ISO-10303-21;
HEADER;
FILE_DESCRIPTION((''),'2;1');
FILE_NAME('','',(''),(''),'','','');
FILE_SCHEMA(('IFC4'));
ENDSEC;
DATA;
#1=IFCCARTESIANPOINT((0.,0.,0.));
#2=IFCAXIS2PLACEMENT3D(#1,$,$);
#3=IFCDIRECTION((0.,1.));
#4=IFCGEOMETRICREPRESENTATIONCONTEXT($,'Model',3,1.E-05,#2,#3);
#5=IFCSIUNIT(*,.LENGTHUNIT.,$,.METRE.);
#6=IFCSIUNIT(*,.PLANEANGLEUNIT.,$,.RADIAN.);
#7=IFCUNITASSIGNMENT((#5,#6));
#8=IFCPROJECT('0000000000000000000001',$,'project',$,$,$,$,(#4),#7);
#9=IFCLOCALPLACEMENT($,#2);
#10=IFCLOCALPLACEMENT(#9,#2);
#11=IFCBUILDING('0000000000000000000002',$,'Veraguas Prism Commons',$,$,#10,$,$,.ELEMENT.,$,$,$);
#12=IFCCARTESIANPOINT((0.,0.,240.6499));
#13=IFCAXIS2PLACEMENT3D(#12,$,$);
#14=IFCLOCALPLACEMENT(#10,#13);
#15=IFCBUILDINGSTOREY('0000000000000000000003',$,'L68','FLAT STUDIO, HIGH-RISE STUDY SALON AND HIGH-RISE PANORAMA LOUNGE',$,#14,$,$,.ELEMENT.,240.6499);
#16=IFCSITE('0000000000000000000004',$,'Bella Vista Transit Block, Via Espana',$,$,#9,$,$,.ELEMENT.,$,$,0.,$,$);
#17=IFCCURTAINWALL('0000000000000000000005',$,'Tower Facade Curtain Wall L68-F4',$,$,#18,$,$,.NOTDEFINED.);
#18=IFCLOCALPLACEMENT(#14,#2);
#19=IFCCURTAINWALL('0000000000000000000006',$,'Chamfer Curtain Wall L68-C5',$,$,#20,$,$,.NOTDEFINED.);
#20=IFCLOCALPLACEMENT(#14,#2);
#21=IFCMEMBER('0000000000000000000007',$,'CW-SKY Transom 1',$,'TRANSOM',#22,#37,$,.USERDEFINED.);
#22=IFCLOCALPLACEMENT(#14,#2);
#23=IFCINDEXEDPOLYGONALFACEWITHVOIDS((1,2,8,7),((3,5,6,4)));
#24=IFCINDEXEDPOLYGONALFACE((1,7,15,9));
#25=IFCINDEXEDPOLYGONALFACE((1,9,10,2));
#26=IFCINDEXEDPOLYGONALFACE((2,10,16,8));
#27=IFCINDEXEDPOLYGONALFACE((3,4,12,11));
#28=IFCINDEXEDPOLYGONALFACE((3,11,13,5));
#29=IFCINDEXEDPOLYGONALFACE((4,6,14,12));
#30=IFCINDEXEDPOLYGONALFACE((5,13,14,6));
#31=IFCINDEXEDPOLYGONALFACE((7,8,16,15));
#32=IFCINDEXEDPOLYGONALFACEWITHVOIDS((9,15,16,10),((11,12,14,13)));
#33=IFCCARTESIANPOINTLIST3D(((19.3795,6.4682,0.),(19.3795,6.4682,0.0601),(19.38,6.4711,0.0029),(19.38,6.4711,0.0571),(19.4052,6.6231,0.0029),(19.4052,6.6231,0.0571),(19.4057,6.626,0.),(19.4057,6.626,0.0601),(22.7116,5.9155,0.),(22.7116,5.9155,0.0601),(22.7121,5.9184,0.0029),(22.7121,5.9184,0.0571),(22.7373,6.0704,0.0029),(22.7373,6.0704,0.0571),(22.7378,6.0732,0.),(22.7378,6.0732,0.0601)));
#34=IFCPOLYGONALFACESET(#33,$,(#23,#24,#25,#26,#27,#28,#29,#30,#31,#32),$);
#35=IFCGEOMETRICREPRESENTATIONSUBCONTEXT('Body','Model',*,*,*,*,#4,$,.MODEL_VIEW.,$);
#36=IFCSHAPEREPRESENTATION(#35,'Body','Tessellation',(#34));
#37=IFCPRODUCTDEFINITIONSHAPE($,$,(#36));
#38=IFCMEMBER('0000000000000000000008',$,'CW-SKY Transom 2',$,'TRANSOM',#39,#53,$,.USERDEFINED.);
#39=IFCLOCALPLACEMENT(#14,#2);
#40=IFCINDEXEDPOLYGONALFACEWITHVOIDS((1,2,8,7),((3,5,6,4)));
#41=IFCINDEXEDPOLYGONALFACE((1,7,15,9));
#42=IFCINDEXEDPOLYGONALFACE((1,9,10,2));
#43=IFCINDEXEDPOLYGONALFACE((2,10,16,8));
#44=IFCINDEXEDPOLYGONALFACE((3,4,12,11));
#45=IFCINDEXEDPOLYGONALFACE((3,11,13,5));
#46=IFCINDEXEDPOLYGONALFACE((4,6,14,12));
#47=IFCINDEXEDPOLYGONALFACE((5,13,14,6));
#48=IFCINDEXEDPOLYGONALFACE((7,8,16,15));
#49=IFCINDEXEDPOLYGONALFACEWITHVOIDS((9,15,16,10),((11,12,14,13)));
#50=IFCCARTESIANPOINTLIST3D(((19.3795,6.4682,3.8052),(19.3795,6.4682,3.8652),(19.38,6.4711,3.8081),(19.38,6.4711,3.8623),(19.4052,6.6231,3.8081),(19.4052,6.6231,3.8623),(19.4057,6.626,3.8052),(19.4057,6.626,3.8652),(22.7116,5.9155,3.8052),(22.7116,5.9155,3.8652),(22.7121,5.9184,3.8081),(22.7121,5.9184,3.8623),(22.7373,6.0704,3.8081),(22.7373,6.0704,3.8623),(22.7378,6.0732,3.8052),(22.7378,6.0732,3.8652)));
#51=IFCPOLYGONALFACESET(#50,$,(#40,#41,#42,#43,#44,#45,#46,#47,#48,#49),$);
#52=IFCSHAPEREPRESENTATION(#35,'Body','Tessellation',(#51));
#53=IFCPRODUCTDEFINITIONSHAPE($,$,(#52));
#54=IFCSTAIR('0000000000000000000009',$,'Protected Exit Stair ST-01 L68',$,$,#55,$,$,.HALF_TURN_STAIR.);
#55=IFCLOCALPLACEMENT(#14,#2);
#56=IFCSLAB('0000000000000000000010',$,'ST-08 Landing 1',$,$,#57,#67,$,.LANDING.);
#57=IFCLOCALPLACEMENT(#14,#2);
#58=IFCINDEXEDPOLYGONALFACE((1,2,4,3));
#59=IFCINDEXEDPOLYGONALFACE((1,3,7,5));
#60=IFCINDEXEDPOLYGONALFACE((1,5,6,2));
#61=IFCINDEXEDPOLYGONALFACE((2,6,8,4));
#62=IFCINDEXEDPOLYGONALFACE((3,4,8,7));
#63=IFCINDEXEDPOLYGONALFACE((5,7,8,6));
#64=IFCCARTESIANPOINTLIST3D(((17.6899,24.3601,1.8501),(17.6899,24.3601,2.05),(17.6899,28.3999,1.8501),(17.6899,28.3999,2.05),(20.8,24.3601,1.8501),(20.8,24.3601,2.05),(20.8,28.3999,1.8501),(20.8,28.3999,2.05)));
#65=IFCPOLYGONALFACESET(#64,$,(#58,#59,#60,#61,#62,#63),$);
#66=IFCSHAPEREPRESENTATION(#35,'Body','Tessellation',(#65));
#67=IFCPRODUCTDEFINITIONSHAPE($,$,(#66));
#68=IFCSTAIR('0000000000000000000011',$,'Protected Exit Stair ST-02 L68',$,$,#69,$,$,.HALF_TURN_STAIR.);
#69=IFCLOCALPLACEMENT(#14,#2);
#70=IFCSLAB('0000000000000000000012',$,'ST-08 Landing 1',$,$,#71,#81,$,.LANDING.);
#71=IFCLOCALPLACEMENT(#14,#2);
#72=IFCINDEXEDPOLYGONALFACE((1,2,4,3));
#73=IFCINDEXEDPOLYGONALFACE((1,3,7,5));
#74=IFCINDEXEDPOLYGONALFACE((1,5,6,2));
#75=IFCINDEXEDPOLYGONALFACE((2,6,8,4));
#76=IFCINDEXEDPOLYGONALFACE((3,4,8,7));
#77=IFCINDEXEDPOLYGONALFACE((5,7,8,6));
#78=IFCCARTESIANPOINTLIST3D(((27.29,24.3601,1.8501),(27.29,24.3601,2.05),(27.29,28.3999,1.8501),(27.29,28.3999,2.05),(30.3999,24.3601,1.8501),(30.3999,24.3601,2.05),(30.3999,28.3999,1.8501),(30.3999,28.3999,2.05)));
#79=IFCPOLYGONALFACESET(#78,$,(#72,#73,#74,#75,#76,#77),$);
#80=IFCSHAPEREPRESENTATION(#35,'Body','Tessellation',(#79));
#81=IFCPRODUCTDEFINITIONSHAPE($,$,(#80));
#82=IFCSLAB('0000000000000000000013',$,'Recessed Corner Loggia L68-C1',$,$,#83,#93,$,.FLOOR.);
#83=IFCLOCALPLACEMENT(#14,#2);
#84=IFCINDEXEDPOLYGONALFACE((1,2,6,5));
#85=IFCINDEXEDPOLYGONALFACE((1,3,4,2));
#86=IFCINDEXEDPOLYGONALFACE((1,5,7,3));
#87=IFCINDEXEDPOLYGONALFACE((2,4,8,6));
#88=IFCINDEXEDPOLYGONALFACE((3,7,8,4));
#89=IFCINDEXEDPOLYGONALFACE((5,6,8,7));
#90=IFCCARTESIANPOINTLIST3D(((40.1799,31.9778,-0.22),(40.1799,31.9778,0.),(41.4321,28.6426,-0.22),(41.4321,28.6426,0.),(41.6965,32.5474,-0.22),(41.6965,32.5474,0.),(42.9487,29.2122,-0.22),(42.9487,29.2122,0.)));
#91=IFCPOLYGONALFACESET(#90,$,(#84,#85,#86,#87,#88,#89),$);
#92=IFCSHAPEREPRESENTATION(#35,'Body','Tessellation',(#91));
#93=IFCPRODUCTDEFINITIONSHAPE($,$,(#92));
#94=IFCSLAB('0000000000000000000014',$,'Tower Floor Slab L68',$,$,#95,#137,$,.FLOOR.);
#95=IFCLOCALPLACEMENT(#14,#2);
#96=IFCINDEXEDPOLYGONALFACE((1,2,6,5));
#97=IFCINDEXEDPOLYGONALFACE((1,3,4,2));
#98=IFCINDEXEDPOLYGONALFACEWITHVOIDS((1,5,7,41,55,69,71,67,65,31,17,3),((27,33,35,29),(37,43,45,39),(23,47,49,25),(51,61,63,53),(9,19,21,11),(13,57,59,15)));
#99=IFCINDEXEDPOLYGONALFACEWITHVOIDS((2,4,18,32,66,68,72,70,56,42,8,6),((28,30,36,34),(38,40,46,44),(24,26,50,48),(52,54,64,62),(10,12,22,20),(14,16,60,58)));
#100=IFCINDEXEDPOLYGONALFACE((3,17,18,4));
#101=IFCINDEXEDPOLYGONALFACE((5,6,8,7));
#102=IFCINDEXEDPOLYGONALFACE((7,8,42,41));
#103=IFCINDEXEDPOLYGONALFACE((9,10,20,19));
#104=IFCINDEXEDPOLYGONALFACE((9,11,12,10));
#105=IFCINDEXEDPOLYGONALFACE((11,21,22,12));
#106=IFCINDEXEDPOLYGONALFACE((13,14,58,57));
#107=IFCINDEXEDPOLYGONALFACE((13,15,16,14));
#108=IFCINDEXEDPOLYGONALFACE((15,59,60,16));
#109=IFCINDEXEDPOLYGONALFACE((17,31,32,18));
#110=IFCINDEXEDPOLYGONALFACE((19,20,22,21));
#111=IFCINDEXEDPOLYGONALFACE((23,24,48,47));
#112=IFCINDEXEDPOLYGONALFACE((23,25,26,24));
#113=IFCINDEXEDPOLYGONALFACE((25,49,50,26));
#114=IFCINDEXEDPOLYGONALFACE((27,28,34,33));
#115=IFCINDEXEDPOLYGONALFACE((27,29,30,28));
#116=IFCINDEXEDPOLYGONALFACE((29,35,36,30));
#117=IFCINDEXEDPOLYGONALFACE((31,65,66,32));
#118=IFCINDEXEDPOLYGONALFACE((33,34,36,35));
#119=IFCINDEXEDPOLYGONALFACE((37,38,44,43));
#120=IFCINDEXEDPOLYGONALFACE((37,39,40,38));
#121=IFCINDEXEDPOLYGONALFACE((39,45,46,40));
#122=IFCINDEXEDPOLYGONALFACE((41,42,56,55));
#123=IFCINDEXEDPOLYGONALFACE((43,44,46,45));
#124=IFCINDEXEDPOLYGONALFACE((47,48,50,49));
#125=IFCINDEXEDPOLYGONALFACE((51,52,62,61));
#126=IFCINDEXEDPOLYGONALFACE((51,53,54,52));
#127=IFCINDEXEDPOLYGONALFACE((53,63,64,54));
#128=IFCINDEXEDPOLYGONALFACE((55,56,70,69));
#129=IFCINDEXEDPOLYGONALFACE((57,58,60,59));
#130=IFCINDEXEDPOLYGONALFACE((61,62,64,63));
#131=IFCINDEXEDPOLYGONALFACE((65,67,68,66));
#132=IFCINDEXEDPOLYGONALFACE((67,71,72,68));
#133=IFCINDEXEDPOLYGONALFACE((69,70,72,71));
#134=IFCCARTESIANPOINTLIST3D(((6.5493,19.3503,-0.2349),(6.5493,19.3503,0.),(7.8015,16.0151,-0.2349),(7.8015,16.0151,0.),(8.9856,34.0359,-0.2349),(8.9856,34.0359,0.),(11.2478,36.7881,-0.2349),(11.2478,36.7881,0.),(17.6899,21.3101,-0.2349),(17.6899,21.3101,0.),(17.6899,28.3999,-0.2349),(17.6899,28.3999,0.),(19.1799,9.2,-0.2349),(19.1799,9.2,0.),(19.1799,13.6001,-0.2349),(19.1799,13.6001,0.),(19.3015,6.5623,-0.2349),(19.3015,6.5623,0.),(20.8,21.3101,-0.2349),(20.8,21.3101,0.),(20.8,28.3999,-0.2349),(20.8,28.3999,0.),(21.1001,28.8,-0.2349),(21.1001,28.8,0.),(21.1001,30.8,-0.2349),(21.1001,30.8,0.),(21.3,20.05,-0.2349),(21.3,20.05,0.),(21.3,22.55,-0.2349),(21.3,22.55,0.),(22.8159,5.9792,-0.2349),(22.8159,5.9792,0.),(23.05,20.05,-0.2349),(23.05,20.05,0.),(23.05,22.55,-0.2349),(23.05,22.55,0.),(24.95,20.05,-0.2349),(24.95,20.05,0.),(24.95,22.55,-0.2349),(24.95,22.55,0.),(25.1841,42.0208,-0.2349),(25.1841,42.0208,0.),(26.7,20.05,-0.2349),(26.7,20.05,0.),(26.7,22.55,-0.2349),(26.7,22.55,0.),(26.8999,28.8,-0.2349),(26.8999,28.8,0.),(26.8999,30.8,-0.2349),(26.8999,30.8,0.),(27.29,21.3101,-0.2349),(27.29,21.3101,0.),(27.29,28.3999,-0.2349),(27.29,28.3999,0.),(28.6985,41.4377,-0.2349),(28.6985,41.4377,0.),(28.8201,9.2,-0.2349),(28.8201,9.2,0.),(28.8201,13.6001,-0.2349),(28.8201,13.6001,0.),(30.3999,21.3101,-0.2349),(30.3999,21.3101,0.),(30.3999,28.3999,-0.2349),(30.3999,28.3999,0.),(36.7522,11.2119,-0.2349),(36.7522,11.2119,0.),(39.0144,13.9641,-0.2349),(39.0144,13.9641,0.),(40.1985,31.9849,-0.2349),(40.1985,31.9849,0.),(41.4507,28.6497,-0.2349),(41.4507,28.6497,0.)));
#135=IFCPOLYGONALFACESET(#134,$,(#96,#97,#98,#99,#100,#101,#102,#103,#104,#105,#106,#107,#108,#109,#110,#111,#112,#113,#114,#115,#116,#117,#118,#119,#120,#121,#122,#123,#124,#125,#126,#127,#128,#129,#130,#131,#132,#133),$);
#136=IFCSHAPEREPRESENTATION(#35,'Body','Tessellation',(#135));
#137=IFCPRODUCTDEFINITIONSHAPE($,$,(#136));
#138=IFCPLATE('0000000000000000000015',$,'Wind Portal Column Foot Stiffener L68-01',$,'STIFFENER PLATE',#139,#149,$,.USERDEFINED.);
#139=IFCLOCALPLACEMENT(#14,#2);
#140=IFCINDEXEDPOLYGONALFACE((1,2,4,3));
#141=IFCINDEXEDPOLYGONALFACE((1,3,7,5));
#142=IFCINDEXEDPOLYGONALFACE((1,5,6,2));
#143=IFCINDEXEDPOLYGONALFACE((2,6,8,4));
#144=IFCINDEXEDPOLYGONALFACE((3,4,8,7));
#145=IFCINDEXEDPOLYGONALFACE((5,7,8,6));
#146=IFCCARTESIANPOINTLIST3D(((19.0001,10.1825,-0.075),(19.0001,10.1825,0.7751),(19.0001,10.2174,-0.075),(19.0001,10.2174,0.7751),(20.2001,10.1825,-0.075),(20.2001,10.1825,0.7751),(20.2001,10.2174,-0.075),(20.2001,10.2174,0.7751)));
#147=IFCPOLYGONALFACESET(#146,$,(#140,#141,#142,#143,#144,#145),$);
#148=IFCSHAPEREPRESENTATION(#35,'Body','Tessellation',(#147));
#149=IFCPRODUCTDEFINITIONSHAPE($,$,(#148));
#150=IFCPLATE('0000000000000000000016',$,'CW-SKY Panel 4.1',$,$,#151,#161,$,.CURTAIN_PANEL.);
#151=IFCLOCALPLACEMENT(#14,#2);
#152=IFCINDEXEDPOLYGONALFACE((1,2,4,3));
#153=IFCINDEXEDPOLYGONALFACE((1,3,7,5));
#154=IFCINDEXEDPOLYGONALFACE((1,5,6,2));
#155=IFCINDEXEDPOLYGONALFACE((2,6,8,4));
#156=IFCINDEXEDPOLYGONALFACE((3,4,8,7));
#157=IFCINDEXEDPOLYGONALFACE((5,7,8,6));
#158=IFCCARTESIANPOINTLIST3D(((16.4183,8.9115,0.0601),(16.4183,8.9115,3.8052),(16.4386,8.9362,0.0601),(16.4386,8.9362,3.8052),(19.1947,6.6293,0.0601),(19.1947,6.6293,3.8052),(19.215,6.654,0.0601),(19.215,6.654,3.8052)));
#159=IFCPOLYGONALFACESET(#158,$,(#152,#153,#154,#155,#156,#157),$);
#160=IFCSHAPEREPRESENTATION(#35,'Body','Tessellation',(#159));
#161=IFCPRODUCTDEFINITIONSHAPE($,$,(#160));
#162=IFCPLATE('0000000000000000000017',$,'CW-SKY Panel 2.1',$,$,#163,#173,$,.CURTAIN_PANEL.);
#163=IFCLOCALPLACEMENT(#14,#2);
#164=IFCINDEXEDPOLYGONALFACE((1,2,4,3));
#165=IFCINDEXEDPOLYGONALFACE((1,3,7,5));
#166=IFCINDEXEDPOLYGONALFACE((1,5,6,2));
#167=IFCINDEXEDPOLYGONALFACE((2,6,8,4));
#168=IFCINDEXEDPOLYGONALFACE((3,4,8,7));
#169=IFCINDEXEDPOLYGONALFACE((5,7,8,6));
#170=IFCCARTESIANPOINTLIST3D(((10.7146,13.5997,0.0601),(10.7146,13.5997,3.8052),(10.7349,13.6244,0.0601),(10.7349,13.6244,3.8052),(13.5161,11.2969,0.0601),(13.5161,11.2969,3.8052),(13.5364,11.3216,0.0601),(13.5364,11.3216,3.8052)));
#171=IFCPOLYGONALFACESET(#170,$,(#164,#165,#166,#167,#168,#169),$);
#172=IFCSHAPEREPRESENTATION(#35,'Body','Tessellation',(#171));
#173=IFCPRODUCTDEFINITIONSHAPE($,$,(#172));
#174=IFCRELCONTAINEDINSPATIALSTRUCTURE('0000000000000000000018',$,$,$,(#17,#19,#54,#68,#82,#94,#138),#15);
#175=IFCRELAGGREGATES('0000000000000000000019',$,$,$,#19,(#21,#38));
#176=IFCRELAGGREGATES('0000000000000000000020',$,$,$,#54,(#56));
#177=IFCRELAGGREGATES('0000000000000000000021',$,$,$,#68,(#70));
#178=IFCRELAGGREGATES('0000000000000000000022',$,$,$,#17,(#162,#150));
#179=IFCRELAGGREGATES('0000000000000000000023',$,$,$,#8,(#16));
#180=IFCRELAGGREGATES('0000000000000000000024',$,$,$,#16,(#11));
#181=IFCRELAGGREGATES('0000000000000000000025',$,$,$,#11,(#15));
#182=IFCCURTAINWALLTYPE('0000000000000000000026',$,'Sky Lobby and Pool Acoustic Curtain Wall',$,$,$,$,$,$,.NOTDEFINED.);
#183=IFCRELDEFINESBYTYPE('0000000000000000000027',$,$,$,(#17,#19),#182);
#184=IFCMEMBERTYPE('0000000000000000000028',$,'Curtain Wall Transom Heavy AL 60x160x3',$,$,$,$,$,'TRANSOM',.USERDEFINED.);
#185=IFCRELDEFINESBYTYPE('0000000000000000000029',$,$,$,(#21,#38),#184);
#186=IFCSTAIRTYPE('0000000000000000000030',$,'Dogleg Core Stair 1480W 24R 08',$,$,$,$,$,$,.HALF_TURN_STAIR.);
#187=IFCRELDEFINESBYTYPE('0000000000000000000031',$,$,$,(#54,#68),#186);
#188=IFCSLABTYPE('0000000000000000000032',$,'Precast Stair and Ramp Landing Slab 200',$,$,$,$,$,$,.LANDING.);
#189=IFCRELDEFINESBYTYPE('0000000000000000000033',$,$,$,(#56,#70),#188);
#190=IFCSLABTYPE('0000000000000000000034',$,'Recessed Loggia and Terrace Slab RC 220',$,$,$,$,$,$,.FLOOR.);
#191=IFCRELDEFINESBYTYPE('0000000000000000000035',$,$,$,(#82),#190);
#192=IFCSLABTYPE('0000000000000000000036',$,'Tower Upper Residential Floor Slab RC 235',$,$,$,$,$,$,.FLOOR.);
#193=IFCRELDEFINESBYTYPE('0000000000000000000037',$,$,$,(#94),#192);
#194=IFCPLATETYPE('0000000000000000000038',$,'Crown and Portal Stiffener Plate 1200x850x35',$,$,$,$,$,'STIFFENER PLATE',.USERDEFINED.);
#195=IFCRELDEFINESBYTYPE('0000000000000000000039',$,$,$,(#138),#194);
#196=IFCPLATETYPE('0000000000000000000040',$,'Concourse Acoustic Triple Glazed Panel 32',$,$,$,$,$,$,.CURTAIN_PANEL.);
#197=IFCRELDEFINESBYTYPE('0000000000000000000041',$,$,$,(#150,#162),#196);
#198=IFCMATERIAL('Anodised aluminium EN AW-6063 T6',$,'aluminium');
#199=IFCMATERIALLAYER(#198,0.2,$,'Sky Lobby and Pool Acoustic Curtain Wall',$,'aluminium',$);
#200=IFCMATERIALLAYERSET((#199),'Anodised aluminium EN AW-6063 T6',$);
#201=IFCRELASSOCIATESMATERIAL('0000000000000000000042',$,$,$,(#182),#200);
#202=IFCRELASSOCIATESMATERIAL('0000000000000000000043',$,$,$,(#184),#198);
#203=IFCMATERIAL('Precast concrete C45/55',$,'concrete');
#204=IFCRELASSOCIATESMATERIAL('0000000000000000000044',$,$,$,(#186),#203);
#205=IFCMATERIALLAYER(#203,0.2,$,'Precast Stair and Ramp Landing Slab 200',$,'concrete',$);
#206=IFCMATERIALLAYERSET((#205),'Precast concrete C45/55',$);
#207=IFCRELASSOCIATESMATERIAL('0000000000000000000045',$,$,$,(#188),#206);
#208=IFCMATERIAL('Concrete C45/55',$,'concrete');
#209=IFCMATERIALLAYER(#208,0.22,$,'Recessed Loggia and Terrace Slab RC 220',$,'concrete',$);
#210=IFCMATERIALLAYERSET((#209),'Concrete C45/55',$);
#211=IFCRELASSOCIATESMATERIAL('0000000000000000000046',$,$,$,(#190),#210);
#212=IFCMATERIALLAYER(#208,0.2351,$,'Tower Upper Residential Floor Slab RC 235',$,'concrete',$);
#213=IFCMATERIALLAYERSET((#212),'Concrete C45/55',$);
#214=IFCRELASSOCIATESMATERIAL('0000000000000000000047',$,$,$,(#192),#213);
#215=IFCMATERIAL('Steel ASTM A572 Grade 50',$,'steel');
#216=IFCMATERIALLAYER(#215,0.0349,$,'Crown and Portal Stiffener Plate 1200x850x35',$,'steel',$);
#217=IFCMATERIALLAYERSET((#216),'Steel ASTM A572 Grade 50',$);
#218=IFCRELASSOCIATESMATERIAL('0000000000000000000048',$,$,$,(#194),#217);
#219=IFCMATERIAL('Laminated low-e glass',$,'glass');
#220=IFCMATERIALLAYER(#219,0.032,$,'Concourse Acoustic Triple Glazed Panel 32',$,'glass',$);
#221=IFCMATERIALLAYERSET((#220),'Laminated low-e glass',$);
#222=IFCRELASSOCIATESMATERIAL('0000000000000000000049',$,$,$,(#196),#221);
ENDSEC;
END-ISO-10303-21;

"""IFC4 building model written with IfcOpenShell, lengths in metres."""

from ifc_helpers import new_model, si_unit, direction, frame, origin, origin_2d, place, context, subcontext, project, spatial, polyline, rectangle, hollow_rectangle, outline, extrude, source, transform, mapped, material, layer, layer_set, material_profile, profile_set, type_object, element, aggregate, save


model = new_model("IFC4")

# Units and contexts
model_context = context("Model", 3, precision=1e-05, world=origin(), true_north=direction((0.0, 1.0)))
body_context = subcontext(model_context, "Body", "Model", "MODEL_VIEW")
ifc_project = project(units=[si_unit("LENGTHUNIT", "METRE"), si_unit("PLANEANGLEUNIT", "RADIAN")], contexts=[model_context])

# Site, building, storey
site_placement = place(None, origin())
site = spatial("IfcSite", under=ifc_project, at=site_placement, Name="Bella Vista Transit Block, Via Espana", CompositionType="ELEMENT", RefElevation=0.0)
building_placement = place(site_placement, origin())
building = spatial("IfcBuilding", under=site, at=building_placement, Name="Veraguas Prism Commons", CompositionType="ELEMENT")
storey_placement = place(building_placement, frame((0.0, 0.0, 240.6499)))
storey = spatial("IfcBuildingStorey", under=building, at=storey_placement, Name="L68", Description="FLAT STUDIO, HIGH-RISE STUDY SALON AND HIGH-RISE PANORAMA LOUNGE", CompositionType="ELEMENT", Elevation=240.6499)

# Curtain walls, members
ifc_material_1 = material(Name="Anodised aluminium EN AW-6063 T6", Category="aluminium")
ifc_layer_1 = layer(ifc_material_1, 0.2, Name="Sky Lobby and Pool Acoustic Curtain Wall", Category="aluminium")
ifc_layer_set_1 = layer_set([ifc_layer_1], Name="Anodised aluminium EN AW-6063 T6")
curtain_wall_type = type_object("IfcCurtainWallType", Name="Sky Lobby and Pool Acoustic Curtain Wall", PredefinedType="NOTDEFINED", material=ifc_layer_set_1)
curtain_wall_1_placement = place(storey_placement, origin())
curtain_wall_1 = element("IfcCurtainWall", 1, at=curtain_wall_1_placement, inside=storey, type_object=curtain_wall_type, Name="Tower Facade Curtain Wall L68-F4", PredefinedType="NOTDEFINED")
curtain_wall_2_placement = place(storey_placement, origin())
curtain_wall_2 = element("IfcCurtainWall", 2, at=curtain_wall_2_placement, inside=storey, type_object=curtain_wall_type, Name="Chamfer Curtain Wall L68-C5", PredefinedType="NOTDEFINED")
ifc_material_profile_1 = material_profile(ifc_material_1, hollow_rectangle(XDim=0.0601, YDim=0.1599, WallThickness=0.0029, at=origin_2d()), Name="AL60X160X3")
ifc_profile_set_1 = profile_set([ifc_material_profile_1], Name="Anodised aluminium EN AW-6063 T6")
member_type_1 = type_object("IfcMemberType", Name="Curtain Wall Transom Heavy AL 60x160x3", ElementType="TRANSOM", PredefinedType="USERDEFINED", material=ifc_profile_set_1)
shared_shape_1 = source(origin(), body_context, "Body", "SweptSolid", [
    extrude(hollow_rectangle(XDim=0.0601, YDim=0.1599, WallThickness=0.0029, at=origin_2d()), origin(), (0.0, 0.0, 1.0), 3.3777),
])
member_1_placement = place(storey_placement, frame((19.3926, 6.5471, 0.03), z_axis=(0.986519, -0.163649, 0.0), x_axis=(0.0, 0.0, 1.0)))
member_1 = element("IfcMember", 3, at=member_1_placement, type_object=member_type_1, Name="CW-SKY Transom 1", ObjectType="TRANSOM", PredefinedType="USERDEFINED", context=body_context, shape_type="MappedRepresentation", body=[
    mapped(shared_shape_1, transform((0.0, 0.0, 0.0), scale=1.0)),
])
member_2_placement = place(storey_placement, frame((19.3926, 6.5471, 3.8352), z_axis=(0.986519, -0.163649, 0.0), x_axis=(0.0, 0.0, 1.0)))
member_2 = element("IfcMember", 4, at=member_2_placement, type_object=member_type_1, Name="CW-SKY Transom 2", ObjectType="TRANSOM", PredefinedType="USERDEFINED", context=body_context, shape_type="MappedRepresentation", body=[
    mapped(shared_shape_1, transform((0.0, 0.0, 0.0), scale=1.0)),
])
aggregate(curtain_wall_2, [member_1, member_2])

# Stairs, slabs
ifc_material_2 = material(Name="Precast concrete C45/55", Category="concrete")
stair_type = type_object("IfcStairType", Name="Dogleg Core Stair 1480W 24R 08", PredefinedType="HALF_TURN_STAIR", material=ifc_material_2)
stair_1_placement = place(storey_placement, origin())
stair_1 = element("IfcStair", 5, at=stair_1_placement, inside=storey, type_object=stair_type, Name="Protected Exit Stair ST-01 L68", PredefinedType="HALF_TURN_STAIR")
ifc_layer_2 = layer(ifc_material_2, 0.2, Name="Precast Stair and Ramp Landing Slab 200", Category="concrete")
ifc_layer_set_2 = layer_set([ifc_layer_2], Name="Precast concrete C45/55")
slab_type_1 = type_object("IfcSlabType", Name="Precast Stair and Ramp Landing Slab 200", PredefinedType="LANDING", material=ifc_layer_set_2)
slab_1_placement = place(storey_placement, frame((0.0, 0.0, 1.8501)))
slab_1 = element("IfcSlab", 6, at=slab_1_placement, type_object=slab_type_1, Name="ST-08 Landing 1", PredefinedType="LANDING", context=body_context, shape_type="SweptSolid", body=[
    extrude(outline(polyline([(20.8, 24.3601), (20.8, 28.3999), (17.6899, 28.3999), (17.6899, 24.3601), (20.8, 24.3601)])), origin(), (0.0, 0.0, 1.0), 0.2),
])
aggregate(stair_1, [slab_1])
stair_2_placement = place(storey_placement, origin())
stair_2 = element("IfcStair", 7, at=stair_2_placement, inside=storey, type_object=stair_type, Name="Protected Exit Stair ST-02 L68", PredefinedType="HALF_TURN_STAIR")
slab_2_placement = place(storey_placement, frame((0.0, 0.0, 1.8501)))
slab_2 = element("IfcSlab", 8, at=slab_2_placement, type_object=slab_type_1, Name="ST-08 Landing 1", PredefinedType="LANDING", context=body_context, shape_type="SweptSolid", body=[
    extrude(outline(polyline([(30.3999, 24.3601), (30.3999, 28.3999), (27.29, 28.3999), (27.29, 24.3601), (30.3999, 24.3601)])), origin(), (0.0, 0.0, 1.0), 0.2),
])
aggregate(stair_2, [slab_2])

# Slabs
ifc_material_3 = material(Name="Concrete C45/55", Category="concrete")
ifc_layer_3 = layer(ifc_material_3, 0.22, Name="Recessed Loggia and Terrace Slab RC 220", Category="concrete")
ifc_layer_set_3 = layer_set([ifc_layer_3], Name="Concrete C45/55")
slab_type_2 = type_object("IfcSlabType", Name="Recessed Loggia and Terrace Slab RC 220", PredefinedType="FLOOR", material=ifc_layer_set_3)
slab_3_placement = place(storey_placement, frame((0.0, 0.0, -0.22)))
element("IfcSlab", 9, at=slab_3_placement, inside=storey, type_object=slab_type_2, Name="Recessed Corner Loggia L68-C1", PredefinedType="FLOOR", context=body_context, shape_type="SweptSolid", body=[
    extrude(outline(polyline([(41.4321, 28.6426), (42.9487, 29.2122), (41.6965, 32.5474), (40.1799, 31.9778), (41.4321, 28.6426)])), origin(), (0.0, 0.0, 1.0), 0.22),
])
ifc_layer_4 = layer(ifc_material_3, 0.2351, Name="Tower Upper Residential Floor Slab RC 235", Category="concrete")
ifc_layer_set_4 = layer_set([ifc_layer_4], Name="Concrete C45/55")
slab_type_3 = type_object("IfcSlabType", Name="Tower Upper Residential Floor Slab RC 235", PredefinedType="FLOOR", material=ifc_layer_set_4)
slab_4_placement = place(storey_placement, frame((0.0, 0.0, -0.2349)))
element("IfcSlab", 10, at=slab_4_placement, inside=storey, type_object=slab_type_3, Name="Tower Floor Slab L68", PredefinedType="FLOOR", context=body_context, shape_type="SweptSolid", body=[
    extrude(outline(polyline([(41.4507, 28.6497), (40.1985, 31.9849), (28.6985, 41.4377), (25.1841, 42.0208), (11.2478, 36.7881), (8.9856, 34.0359), (6.5493, 19.3503), (7.8015, 16.0151), (19.3015, 6.5623), (22.8159, 5.9792), (36.7522, 11.2119), (39.0144, 13.9641), (41.4507, 28.6497)]), holes=[polyline([(20.8, 21.3101), (20.8, 28.3999), (17.6899, 28.3999), (17.6899, 21.3101), (20.8, 21.3101)]), polyline([(30.3999, 21.3101), (30.3999, 28.3999), (27.29, 28.3999), (27.29, 21.3101), (30.3999, 21.3101)]), polyline([(21.1001, 28.8), (26.8999, 28.8), (26.8999, 30.8), (21.1001, 30.8), (21.1001, 28.8)]), polyline([(21.3, 20.05), (23.05, 20.05), (23.05, 22.55), (21.3, 22.55), (21.3, 20.05)]), polyline([(24.95, 20.05), (26.7, 20.05), (26.7, 22.55), (24.95, 22.55), (24.95, 20.05)]), polyline([(19.1799, 9.2), (28.8201, 9.2), (28.8201, 13.6001), (19.1799, 13.6001), (19.1799, 9.2)])]), origin(), (0.0, 0.0, 1.0), 0.2349),
])

# Plates
ifc_material_4 = material(Name="Steel ASTM A572 Grade 50", Category="steel")
ifc_layer_5 = layer(ifc_material_4, 0.0349, Name="Crown and Portal Stiffener Plate 1200x850x35", Category="steel")
ifc_layer_set_5 = layer_set([ifc_layer_5], Name="Steel ASTM A572 Grade 50")
plate_type_1 = type_object("IfcPlateType", Name="Crown and Portal Stiffener Plate 1200x850x35", ElementType="STIFFENER PLATE", PredefinedType="USERDEFINED", material=ifc_layer_set_5)
shared_shape_2 = source(origin(), body_context, "Body", "SweptSolid", [
    extrude(rectangle(XDim=1.2, YDim=0.0349, at=origin_2d()), origin(), (0.0, 0.0, 1.0), 0.8501),
])
plate_1_placement = place(storey_placement, frame((19.6001, 10.2, -0.075), z_axis=(0.0, 0.0, 1.0), x_axis=(1.0, 0.0, 0.0)))
element("IfcPlate", 11, at=plate_1_placement, inside=storey, type_object=plate_type_1, Name="Wind Portal Column Foot Stiffener L68-01", ObjectType="STIFFENER PLATE", PredefinedType="USERDEFINED", context=body_context, shape_type="MappedRepresentation", body=[
    mapped(shared_shape_2, transform((0.0, 0.0, 0.0), scale=1.0)),
])
ifc_material_5 = material(Name="Laminated low-e glass", Category="glass")
ifc_layer_6 = layer(ifc_material_5, 0.032, Name="Concourse Acoustic Triple Glazed Panel 32", Category="glass")
ifc_layer_set_6 = layer_set([ifc_layer_6], Name="Laminated low-e glass")
plate_type_2 = type_object("IfcPlateType", Name="Concourse Acoustic Triple Glazed Panel 32", PredefinedType="CURTAIN_PANEL", material=ifc_layer_set_6)
shared_shape_3 = source(origin(), body_context, "Body", "SweptSolid", [
    extrude(rectangle(XDim=3.594, YDim=0.032, at=origin_2d()), origin(), (0.0, 0.0, 1.0), 3.7451),
])
plate_2_placement = place(storey_placement, frame((17.8167, 7.7827, 0.0601), z_axis=(0.0, 0.0, 1.0), x_axis=(0.772514, -0.634998, 0.0)))
plate_2 = element("IfcPlate", 12, at=plate_2_placement, type_object=plate_type_2, Name="CW-SKY Panel 4.1", PredefinedType="CURTAIN_PANEL", context=body_context, shape_type="MappedRepresentation", body=[
    mapped(shared_shape_3, transform((0.0, 0.0, 0.0), scale=1.0)),
])
shared_shape_4 = source(origin(), body_context, "Body", "SweptSolid", [
    extrude(rectangle(XDim=3.6265, YDim=0.032, at=origin_2d()), origin(), (0.0, 0.0, 1.0), 3.7451),
])
plate_3_placement = place(storey_placement, frame((12.1255, 12.4607, 0.0601), z_axis=(0.0, 0.0, 1.0), x_axis=(0.772514, -0.634998, 0.0)))
plate_3 = element("IfcPlate", 13, at=plate_3_placement, type_object=plate_type_2, Name="CW-SKY Panel 2.1", PredefinedType="CURTAIN_PANEL", context=body_context, shape_type="MappedRepresentation", body=[
    mapped(shared_shape_4, transform((0.0, 0.0, 0.0), scale=1.0)),
])
aggregate(curtain_wall_1, [plate_3, plate_2])

save(model, "model.ifc")
